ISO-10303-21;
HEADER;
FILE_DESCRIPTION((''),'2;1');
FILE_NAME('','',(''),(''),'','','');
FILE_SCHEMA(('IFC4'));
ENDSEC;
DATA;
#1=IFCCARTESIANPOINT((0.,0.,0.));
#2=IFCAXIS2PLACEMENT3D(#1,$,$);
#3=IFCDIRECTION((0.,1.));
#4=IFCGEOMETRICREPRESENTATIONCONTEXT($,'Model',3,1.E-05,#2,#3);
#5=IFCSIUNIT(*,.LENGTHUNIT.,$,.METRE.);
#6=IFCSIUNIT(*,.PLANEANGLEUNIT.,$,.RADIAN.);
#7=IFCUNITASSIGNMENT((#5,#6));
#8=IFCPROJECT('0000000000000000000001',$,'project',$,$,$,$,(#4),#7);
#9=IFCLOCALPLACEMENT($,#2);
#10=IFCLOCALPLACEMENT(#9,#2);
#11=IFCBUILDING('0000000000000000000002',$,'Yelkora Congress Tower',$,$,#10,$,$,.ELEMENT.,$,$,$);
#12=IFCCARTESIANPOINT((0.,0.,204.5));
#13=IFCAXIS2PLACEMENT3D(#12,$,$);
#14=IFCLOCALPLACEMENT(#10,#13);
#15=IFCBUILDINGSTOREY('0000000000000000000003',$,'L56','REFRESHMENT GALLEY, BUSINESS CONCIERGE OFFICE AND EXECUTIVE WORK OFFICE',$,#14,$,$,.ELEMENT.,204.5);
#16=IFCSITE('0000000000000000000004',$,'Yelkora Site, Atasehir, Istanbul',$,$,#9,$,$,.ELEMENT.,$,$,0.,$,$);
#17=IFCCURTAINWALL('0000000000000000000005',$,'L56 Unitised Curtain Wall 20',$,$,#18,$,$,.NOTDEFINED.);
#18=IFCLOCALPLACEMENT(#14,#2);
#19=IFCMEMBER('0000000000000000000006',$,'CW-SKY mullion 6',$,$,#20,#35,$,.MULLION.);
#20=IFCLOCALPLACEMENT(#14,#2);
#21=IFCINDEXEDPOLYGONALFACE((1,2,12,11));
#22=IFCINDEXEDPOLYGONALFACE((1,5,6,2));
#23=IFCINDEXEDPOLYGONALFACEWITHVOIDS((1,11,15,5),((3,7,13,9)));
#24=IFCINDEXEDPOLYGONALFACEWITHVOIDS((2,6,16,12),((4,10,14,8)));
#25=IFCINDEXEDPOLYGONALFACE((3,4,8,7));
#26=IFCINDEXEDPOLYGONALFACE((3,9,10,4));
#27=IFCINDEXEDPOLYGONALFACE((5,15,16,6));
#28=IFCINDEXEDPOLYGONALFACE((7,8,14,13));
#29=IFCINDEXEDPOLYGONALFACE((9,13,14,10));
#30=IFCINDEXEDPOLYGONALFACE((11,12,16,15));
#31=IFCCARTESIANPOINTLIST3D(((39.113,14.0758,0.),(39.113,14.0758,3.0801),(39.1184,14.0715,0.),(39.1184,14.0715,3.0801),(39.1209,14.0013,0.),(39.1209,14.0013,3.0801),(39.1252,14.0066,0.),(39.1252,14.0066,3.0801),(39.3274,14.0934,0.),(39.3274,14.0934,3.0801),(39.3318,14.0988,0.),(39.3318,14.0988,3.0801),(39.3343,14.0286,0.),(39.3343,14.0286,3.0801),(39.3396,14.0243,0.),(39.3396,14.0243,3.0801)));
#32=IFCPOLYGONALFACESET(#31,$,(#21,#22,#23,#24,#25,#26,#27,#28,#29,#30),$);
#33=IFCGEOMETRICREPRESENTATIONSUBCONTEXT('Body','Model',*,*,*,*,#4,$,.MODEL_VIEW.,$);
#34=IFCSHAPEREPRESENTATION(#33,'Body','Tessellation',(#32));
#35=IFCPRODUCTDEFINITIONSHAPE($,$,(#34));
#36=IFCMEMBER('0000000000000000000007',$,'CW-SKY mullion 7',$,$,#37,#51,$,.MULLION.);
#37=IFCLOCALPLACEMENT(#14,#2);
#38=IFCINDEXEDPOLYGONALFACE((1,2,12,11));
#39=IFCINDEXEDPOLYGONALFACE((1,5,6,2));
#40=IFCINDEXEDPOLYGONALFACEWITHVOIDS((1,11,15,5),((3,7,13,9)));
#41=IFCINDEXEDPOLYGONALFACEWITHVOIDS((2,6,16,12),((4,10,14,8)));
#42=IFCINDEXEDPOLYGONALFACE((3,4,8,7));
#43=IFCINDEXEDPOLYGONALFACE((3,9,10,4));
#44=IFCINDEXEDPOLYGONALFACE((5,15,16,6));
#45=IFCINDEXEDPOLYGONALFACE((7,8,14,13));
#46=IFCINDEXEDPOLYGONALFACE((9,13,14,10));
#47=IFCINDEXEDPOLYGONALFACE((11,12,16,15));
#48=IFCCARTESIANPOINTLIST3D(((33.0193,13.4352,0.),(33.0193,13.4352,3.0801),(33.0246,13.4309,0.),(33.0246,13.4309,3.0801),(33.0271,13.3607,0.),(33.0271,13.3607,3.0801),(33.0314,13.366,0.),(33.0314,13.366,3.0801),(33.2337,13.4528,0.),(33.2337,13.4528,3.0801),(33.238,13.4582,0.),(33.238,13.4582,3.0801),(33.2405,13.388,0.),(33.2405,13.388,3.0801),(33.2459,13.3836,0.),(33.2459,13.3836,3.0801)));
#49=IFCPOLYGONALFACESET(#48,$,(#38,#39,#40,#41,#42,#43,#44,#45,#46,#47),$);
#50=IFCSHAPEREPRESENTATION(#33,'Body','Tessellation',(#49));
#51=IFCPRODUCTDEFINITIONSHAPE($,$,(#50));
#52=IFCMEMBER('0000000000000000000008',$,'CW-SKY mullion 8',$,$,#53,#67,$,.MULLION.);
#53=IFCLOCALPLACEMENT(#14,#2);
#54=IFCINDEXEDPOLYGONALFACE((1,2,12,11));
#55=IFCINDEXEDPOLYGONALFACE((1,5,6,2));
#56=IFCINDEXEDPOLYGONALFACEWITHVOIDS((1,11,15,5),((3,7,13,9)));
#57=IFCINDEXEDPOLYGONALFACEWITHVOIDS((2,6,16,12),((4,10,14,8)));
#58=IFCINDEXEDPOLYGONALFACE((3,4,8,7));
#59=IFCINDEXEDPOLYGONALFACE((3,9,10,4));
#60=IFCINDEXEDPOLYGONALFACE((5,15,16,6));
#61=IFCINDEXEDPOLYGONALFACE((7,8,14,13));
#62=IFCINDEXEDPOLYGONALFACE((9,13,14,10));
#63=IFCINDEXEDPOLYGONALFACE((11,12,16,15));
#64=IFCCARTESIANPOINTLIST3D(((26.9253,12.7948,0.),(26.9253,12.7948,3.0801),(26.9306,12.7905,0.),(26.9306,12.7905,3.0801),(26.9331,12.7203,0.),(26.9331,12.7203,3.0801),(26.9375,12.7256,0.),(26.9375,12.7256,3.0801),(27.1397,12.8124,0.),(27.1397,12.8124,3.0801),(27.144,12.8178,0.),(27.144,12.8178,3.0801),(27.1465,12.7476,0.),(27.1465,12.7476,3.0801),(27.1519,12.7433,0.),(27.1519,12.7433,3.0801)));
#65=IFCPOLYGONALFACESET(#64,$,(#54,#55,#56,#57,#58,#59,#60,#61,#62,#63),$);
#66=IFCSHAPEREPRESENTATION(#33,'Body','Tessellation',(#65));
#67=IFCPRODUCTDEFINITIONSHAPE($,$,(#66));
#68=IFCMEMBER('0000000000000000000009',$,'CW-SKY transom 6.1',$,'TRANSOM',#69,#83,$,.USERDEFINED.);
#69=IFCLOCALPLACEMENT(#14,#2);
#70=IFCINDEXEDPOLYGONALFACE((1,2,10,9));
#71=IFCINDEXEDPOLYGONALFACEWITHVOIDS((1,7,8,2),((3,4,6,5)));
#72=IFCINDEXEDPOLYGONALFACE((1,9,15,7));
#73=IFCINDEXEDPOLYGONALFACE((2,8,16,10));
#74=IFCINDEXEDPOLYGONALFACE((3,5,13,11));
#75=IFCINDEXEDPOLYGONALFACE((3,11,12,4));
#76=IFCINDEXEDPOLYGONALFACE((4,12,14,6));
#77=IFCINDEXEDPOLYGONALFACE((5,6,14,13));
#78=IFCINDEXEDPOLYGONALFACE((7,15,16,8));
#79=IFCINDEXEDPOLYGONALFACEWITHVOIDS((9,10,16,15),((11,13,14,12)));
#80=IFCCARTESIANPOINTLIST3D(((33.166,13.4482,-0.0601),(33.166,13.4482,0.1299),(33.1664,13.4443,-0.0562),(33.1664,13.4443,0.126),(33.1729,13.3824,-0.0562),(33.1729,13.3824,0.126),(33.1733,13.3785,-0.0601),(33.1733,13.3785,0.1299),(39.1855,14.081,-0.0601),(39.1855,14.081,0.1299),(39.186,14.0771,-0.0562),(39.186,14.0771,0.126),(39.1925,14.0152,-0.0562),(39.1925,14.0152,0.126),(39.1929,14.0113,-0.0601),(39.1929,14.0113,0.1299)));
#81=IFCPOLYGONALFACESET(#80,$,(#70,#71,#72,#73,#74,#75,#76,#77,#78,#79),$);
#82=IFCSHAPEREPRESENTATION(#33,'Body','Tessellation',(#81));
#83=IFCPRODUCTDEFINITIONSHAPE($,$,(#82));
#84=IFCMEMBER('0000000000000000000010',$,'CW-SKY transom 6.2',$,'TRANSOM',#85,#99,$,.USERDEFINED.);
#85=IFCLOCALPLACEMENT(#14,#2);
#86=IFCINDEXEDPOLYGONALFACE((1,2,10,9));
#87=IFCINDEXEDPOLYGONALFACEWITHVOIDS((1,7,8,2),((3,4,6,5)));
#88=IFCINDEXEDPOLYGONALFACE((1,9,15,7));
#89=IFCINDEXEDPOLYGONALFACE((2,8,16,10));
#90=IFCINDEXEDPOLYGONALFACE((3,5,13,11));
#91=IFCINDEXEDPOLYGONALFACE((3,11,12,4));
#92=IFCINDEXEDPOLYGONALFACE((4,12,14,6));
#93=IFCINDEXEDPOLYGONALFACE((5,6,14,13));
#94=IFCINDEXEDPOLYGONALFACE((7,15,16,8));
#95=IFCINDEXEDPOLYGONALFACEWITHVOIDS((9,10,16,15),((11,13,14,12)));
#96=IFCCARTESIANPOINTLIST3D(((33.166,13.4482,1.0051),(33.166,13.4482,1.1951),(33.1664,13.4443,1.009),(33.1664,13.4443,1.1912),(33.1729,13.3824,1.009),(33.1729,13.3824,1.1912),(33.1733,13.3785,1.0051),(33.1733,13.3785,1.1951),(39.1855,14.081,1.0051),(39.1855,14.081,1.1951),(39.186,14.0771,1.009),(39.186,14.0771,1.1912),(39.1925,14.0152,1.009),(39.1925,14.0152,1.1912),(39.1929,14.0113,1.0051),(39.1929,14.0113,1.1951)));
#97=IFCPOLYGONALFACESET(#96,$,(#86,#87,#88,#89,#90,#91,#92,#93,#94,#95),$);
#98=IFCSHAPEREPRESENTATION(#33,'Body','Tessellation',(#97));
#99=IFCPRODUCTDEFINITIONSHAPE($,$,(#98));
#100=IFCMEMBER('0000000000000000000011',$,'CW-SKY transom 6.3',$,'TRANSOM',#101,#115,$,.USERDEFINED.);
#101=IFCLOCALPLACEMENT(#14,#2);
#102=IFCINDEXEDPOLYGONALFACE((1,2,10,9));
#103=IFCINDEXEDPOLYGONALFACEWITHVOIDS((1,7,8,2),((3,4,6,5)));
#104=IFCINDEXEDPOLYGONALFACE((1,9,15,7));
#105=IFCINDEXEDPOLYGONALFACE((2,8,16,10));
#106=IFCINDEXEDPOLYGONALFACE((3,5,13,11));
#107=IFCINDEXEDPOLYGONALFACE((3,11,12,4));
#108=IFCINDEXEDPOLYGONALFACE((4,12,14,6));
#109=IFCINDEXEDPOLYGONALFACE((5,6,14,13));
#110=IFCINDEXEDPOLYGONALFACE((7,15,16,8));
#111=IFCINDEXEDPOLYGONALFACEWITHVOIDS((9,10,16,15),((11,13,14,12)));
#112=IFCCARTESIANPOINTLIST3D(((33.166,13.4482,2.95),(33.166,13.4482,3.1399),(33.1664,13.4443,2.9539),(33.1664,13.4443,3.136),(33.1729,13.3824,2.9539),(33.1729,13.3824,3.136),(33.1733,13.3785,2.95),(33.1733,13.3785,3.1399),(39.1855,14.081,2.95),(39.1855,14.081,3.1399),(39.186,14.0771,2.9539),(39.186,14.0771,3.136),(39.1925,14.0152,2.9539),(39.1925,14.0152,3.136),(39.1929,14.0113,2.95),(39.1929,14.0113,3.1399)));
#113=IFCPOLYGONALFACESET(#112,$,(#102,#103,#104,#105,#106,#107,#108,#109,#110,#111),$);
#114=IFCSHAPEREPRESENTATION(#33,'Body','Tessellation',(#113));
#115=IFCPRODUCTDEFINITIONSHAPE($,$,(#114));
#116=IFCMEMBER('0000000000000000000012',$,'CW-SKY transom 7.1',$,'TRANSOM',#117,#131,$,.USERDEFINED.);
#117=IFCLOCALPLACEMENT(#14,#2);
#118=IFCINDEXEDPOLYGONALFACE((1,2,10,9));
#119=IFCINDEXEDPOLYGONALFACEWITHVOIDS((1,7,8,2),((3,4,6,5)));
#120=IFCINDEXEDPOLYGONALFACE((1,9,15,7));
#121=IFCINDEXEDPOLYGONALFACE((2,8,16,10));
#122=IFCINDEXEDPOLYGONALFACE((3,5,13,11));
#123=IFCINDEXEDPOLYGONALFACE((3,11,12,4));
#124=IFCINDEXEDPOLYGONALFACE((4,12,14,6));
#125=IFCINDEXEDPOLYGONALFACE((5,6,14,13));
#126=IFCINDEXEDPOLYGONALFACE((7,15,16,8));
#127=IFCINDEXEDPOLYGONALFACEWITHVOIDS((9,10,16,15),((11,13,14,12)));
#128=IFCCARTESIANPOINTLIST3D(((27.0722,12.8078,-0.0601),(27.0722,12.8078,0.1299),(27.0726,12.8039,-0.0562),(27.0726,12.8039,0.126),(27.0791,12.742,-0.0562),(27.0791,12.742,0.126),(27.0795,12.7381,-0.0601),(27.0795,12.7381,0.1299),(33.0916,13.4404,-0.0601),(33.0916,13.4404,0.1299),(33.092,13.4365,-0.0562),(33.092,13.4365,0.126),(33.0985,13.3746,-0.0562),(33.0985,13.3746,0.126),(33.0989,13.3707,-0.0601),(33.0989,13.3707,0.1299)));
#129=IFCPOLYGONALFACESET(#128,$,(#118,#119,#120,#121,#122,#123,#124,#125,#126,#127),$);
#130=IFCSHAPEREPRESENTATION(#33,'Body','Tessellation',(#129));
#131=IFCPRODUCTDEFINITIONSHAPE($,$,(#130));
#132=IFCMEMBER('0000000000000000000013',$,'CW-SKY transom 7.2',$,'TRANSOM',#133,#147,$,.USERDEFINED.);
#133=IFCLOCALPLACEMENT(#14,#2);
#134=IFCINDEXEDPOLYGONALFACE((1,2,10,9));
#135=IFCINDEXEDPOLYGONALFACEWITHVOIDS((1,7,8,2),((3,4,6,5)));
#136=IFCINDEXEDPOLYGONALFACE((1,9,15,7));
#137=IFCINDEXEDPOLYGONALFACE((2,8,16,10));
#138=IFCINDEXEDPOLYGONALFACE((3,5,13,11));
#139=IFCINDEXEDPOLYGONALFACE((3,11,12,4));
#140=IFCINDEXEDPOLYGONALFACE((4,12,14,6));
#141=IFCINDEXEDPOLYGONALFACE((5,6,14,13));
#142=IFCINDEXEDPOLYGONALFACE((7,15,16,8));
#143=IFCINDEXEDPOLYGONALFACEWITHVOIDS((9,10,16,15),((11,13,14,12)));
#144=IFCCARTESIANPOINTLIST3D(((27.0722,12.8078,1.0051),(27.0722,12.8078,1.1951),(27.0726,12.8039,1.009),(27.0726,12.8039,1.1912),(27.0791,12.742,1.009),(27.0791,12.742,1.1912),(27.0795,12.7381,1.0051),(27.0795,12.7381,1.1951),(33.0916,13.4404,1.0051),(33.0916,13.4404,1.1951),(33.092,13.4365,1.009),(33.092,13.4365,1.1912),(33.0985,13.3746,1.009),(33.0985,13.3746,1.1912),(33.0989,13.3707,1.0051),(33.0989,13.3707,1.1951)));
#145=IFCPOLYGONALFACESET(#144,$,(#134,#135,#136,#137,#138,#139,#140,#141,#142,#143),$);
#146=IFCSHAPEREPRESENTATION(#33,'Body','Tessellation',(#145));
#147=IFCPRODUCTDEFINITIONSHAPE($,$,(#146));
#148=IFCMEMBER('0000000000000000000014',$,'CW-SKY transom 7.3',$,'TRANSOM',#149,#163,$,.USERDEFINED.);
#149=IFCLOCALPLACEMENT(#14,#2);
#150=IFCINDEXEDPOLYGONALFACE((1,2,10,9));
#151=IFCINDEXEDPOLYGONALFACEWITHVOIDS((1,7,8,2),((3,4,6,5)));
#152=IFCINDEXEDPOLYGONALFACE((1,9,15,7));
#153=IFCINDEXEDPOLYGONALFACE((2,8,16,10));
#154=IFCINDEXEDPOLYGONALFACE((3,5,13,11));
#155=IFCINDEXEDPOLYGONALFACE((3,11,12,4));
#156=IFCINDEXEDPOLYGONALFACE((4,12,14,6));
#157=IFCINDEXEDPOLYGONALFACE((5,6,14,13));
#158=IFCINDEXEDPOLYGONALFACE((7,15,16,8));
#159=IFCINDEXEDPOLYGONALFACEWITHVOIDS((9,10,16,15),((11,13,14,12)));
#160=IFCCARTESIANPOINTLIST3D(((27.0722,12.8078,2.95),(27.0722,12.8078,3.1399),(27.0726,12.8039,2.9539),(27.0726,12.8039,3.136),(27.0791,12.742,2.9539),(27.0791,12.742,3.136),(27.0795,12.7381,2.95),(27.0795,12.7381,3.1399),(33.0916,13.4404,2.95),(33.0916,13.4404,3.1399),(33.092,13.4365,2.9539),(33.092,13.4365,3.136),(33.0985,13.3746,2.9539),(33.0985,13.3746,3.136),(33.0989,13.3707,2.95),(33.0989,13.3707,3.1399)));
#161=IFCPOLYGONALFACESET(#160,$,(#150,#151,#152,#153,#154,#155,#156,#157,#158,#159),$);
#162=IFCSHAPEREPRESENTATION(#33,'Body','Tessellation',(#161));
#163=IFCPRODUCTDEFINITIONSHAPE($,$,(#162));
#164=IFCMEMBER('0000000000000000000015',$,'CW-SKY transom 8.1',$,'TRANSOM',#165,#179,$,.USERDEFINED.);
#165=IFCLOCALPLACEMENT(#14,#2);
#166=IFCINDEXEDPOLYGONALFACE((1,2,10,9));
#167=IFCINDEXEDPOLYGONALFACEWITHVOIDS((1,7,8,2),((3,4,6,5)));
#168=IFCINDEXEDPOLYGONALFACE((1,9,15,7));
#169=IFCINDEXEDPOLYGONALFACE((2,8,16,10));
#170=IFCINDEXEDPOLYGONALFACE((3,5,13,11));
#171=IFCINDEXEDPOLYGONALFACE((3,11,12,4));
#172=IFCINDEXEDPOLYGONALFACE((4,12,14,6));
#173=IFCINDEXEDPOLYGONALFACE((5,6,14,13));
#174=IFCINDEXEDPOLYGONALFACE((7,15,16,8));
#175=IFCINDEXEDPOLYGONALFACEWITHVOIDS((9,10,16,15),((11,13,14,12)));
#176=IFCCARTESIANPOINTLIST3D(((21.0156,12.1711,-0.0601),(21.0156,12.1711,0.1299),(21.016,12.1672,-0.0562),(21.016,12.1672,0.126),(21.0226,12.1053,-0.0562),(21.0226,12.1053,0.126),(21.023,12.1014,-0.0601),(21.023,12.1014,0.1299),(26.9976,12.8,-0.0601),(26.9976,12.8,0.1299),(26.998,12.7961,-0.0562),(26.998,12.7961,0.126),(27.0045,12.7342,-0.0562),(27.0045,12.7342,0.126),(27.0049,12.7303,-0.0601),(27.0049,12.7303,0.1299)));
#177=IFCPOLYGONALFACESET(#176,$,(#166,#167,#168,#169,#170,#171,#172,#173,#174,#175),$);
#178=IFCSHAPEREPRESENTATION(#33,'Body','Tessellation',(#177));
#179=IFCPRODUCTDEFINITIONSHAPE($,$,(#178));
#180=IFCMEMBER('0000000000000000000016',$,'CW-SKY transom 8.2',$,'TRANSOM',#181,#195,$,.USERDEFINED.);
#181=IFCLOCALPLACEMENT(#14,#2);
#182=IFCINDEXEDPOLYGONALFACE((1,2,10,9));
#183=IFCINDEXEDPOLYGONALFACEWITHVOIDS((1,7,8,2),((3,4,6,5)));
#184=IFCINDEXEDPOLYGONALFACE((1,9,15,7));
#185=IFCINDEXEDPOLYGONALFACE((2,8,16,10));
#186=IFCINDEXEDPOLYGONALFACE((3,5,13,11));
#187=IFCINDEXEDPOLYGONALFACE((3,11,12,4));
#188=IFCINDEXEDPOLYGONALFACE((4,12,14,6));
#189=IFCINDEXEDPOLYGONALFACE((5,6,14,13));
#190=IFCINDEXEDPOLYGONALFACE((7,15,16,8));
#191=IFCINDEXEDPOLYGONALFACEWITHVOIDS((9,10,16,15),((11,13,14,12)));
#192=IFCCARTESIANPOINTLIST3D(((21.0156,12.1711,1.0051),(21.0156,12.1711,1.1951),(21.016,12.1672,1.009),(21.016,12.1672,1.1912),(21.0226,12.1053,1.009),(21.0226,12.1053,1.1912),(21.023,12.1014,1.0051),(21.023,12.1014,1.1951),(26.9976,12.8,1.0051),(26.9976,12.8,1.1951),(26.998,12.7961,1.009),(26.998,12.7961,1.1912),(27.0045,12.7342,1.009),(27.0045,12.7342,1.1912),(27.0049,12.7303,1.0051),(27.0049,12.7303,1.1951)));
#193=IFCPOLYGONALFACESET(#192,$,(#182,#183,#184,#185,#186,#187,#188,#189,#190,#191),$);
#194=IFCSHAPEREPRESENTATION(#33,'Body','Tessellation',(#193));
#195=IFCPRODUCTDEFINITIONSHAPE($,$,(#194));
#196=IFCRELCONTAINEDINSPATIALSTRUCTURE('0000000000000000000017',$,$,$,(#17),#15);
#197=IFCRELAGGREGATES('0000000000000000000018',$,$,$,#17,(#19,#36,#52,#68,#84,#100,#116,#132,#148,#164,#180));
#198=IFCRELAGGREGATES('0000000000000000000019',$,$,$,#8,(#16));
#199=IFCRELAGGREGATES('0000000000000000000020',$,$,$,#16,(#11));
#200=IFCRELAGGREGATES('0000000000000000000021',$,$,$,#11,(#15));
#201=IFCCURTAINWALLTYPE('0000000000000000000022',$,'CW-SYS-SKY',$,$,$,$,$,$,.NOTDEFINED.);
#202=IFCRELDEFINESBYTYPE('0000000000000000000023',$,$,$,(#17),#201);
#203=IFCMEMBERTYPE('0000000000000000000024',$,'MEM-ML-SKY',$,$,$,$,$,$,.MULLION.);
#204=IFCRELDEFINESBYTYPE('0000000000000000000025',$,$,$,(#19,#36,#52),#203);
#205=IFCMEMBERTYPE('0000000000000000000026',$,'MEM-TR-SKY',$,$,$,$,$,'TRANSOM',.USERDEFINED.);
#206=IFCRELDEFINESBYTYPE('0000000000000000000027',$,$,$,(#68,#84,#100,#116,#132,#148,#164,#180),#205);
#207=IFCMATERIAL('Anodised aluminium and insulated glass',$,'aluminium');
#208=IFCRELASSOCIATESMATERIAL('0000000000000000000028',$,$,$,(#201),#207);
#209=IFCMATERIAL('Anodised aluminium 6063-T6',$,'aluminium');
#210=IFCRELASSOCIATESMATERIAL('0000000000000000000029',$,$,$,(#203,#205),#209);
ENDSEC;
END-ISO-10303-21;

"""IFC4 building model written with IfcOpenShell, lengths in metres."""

from ifc_helpers import new_model, si_unit, direction, frame, origin, origin_2d, place, context, subcontext, project, spatial, hollow_rectangle, extrude, material, material_profile, profile_set, type_object, element, aggregate, save


model = new_model("IFC4")

# Units and contexts
model_context = context("Model", 3, precision=1e-05, world=origin(), true_north=direction((0.0, 1.0)))
body_context = subcontext(model_context, "Body", "Model", "MODEL_VIEW")
ifc_project = project(units=[si_unit("LENGTHUNIT", "METRE"), si_unit("PLANEANGLEUNIT", "RADIAN")], contexts=[model_context])

# Site, building, storey
site_placement = place(None, origin())
site = spatial("IfcSite", under=ifc_project, at=site_placement, Name="Yelkora Site, Atasehir, Istanbul", CompositionType="ELEMENT", RefElevation=0.0)
building_placement = place(site_placement, origin())
building = spatial("IfcBuilding", under=site, at=building_placement, Name="Yelkora Congress Tower", CompositionType="ELEMENT")
storey_placement = place(building_placement, frame((0.0, 0.0, 204.5)))
storey = spatial("IfcBuildingStorey", under=building, at=storey_placement, Name="L56", Description="REFRESHMENT GALLEY, BUSINESS CONCIERGE OFFICE AND EXECUTIVE WORK OFFICE", CompositionType="ELEMENT", Elevation=204.5)

# Curtain wall, members
ifc_material_1 = material(Name="Anodised aluminium and insulated glass", Category="aluminium")
curtain_wall_type = type_object("IfcCurtainWallType", Name="CW-SYS-SKY", PredefinedType="NOTDEFINED", material=ifc_material_1)
curtain_wall_placement = place(storey_placement, origin())
curtain_wall = element("IfcCurtainWall", 1, at=curtain_wall_placement, inside=storey, type_object=curtain_wall_type, Name="L56 Unitised Curtain Wall 20", PredefinedType="NOTDEFINED")
ifc_material_2 = material(Name="Anodised aluminium 6063-T6", Category="aluminium")
ifc_material_profile_1 = material_profile(ifc_material_2, hollow_rectangle(XDim=0.075, YDim=0.22, WallThickness=0.0049, at=origin_2d()), Name="ALU 75x220x5")
ifc_profile_set_1 = profile_set([ifc_material_profile_1], Name="Anodised aluminium 6063-T6")
member_type_1 = type_object("IfcMemberType", Name="MEM-ML-SKY", PredefinedType="MULLION", material=ifc_profile_set_1)
member_1_placement = place(storey_placement, frame((39.2263, 14.05, 0.0), z_axis=(0.0, 0.0, 1.0), x_axis=(0.104527, -0.994522, 0.0)))
member_1 = element("IfcMember", 2, at=member_1_placement, type_object=member_type_1, Name="CW-SKY mullion 6", PredefinedType="MULLION", context=body_context, shape_type="SweptSolid", body=[
    extrude(hollow_rectangle(XDim=0.075, YDim=0.22, WallThickness=0.0049, at=origin_2d()), origin(), (0.0, 0.0, 1.0), 3.0801),
])
member_2_placement = place(storey_placement, frame((33.1326, 13.4094, 0.0), z_axis=(0.0, 0.0, 1.0), x_axis=(0.104527, -0.994522, 0.0)))
member_2 = element("IfcMember", 3, at=member_2_placement, type_object=member_type_1, Name="CW-SKY mullion 7", PredefinedType="MULLION", context=body_context, shape_type="SweptSolid", body=[
    extrude(hollow_rectangle(XDim=0.075, YDim=0.22, WallThickness=0.0049, at=origin_2d()), origin(), (0.0, 0.0, 1.0), 3.0801),
])
member_3_placement = place(storey_placement, frame((27.0386, 12.769, 0.0), z_axis=(0.0, 0.0, 1.0), x_axis=(0.104527, -0.994522, 0.0)))
member_3 = element("IfcMember", 4, at=member_3_placement, type_object=member_type_1, Name="CW-SKY mullion 8", PredefinedType="MULLION", context=body_context, shape_type="SweptSolid", body=[
    extrude(hollow_rectangle(XDim=0.075, YDim=0.22, WallThickness=0.0049, at=origin_2d()), origin(), (0.0, 0.0, 1.0), 3.0801),
])
ifc_material_profile_2 = material_profile(ifc_material_2, hollow_rectangle(XDim=0.0701, YDim=0.1899, WallThickness=0.0039, at=origin_2d()), Name="ALU 70x190x4")
ifc_profile_set_2 = profile_set([ifc_material_profile_2], Name="Anodised aluminium 6063-T6")
member_type_2 = type_object("IfcMemberType", Name="MEM-TR-SKY", ElementType="TRANSOM", PredefinedType="USERDEFINED", material=ifc_profile_set_2)
member_4_placement = place(storey_placement, frame((39.1892, 14.0461, 0.0349), z_axis=(-0.99452, -0.10455, 0.0), x_axis=(0.10455, -0.99452, 0.0)))
member_4 = element("IfcMember", 5, at=member_4_placement, type_object=member_type_2, Name="CW-SKY transom 6.1", ObjectType="TRANSOM", PredefinedType="USERDEFINED", context=body_context, shape_type="SweptSolid", body=[
    extrude(hollow_rectangle(XDim=0.0701, YDim=0.1899, WallThickness=0.0039, at=origin_2d()), origin(), (0.0, 0.0, 1.0), 6.0527),
])
member_5_placement = place(storey_placement, frame((39.1892, 14.0461, 1.1001), z_axis=(-0.99452, -0.10455, 0.0), x_axis=(0.10455, -0.99452, 0.0)))
member_5 = element("IfcMember", 6, at=member_5_placement, type_object=member_type_2, Name="CW-SKY transom 6.2", ObjectType="TRANSOM", PredefinedType="USERDEFINED", context=body_context, shape_type="SweptSolid", body=[
    extrude(hollow_rectangle(XDim=0.0701, YDim=0.1899, WallThickness=0.0039, at=origin_2d()), origin(), (0.0, 0.0, 1.0), 6.0527),
])
member_6_placement = place(storey_placement, frame((39.1892, 14.0461, 3.0449), z_axis=(-0.99452, -0.10455, 0.0), x_axis=(0.10455, -0.99452, 0.0)))
member_6 = element("IfcMember", 7, at=member_6_placement, type_object=member_type_2, Name="CW-SKY transom 6.3", ObjectType="TRANSOM", PredefinedType="USERDEFINED", context=body_context, shape_type="SweptSolid", body=[
    extrude(hollow_rectangle(XDim=0.0701, YDim=0.1899, WallThickness=0.0039, at=origin_2d()), origin(), (0.0, 0.0, 1.0), 6.0527),
])
member_7_placement = place(storey_placement, frame((33.0952, 13.4055, 0.0349), z_axis=(-0.994523, -0.104515, 0.0), x_axis=(0.104515, -0.994523, 0.0)))
member_7 = element("IfcMember", 8, at=member_7_placement, type_object=member_type_2, Name="CW-SKY transom 7.1", ObjectType="TRANSOM", PredefinedType="USERDEFINED", context=body_context, shape_type="SweptSolid", body=[
    extrude(hollow_rectangle(XDim=0.0701, YDim=0.1899, WallThickness=0.0039, at=origin_2d()), origin(), (0.0, 0.0, 1.0), 6.0525),
])
member_8_placement = place(storey_placement, frame((33.0952, 13.4055, 1.1001), z_axis=(-0.994523, -0.104515, 0.0), x_axis=(0.104515, -0.994523, 0.0)))
member_8 = element("IfcMember", 9, at=member_8_placement, type_object=member_type_2, Name="CW-SKY transom 7.2", ObjectType="TRANSOM", PredefinedType="USERDEFINED", context=body_context, shape_type="SweptSolid", body=[
    extrude(hollow_rectangle(XDim=0.0701, YDim=0.1899, WallThickness=0.0039, at=origin_2d()), origin(), (0.0, 0.0, 1.0), 6.0525),
])
member_9_placement = place(storey_placement, frame((33.0952, 13.4055, 3.0449), z_axis=(-0.994523, -0.104515, 0.0), x_axis=(0.104515, -0.994523, 0.0)))
member_9 = element("IfcMember", 10, at=member_9_placement, type_object=member_type_2, Name="CW-SKY transom 7.3", ObjectType="TRANSOM", PredefinedType="USERDEFINED", context=body_context, shape_type="SweptSolid", body=[
    extrude(hollow_rectangle(XDim=0.0701, YDim=0.1899, WallThickness=0.0039, at=origin_2d()), origin(), (0.0, 0.0, 1.0), 6.0525),
])
member_10_placement = place(storey_placement, frame((27.0012, 12.7651, 0.0349), z_axis=(-0.994519, -0.104558, 0.0), x_axis=(0.104558, -0.994519, 0.0)))
member_10 = element("IfcMember", 11, at=member_10_placement, type_object=member_type_2, Name="CW-SKY transom 8.1", ObjectType="TRANSOM", PredefinedType="USERDEFINED", context=body_context, shape_type="SweptSolid", body=[
    extrude(hollow_rectangle(XDim=0.0701, YDim=0.1899, WallThickness=0.0039, at=origin_2d()), origin(), (0.0, 0.0, 1.0), 6.0149),
])
member_11_placement = place(storey_placement, frame((27.0012, 12.7651, 1.1001), z_axis=(-0.994519, -0.104558, 0.0), x_axis=(0.104558, -0.994519, 0.0)))
member_11 = element("IfcMember", 12, at=member_11_placement, type_object=member_type_2, Name="CW-SKY transom 8.2", ObjectType="TRANSOM", PredefinedType="USERDEFINED", context=body_context, shape_type="SweptSolid", body=[
    extrude(hollow_rectangle(XDim=0.0701, YDim=0.1899, WallThickness=0.0039, at=origin_2d()), origin(), (0.0, 0.0, 1.0), 6.0149),
])
aggregate(curtain_wall, [member_1, member_2, member_3, member_4, member_5, member_6, member_7, member_8, member_9, member_10, member_11])

save(model, "model.ifc")
